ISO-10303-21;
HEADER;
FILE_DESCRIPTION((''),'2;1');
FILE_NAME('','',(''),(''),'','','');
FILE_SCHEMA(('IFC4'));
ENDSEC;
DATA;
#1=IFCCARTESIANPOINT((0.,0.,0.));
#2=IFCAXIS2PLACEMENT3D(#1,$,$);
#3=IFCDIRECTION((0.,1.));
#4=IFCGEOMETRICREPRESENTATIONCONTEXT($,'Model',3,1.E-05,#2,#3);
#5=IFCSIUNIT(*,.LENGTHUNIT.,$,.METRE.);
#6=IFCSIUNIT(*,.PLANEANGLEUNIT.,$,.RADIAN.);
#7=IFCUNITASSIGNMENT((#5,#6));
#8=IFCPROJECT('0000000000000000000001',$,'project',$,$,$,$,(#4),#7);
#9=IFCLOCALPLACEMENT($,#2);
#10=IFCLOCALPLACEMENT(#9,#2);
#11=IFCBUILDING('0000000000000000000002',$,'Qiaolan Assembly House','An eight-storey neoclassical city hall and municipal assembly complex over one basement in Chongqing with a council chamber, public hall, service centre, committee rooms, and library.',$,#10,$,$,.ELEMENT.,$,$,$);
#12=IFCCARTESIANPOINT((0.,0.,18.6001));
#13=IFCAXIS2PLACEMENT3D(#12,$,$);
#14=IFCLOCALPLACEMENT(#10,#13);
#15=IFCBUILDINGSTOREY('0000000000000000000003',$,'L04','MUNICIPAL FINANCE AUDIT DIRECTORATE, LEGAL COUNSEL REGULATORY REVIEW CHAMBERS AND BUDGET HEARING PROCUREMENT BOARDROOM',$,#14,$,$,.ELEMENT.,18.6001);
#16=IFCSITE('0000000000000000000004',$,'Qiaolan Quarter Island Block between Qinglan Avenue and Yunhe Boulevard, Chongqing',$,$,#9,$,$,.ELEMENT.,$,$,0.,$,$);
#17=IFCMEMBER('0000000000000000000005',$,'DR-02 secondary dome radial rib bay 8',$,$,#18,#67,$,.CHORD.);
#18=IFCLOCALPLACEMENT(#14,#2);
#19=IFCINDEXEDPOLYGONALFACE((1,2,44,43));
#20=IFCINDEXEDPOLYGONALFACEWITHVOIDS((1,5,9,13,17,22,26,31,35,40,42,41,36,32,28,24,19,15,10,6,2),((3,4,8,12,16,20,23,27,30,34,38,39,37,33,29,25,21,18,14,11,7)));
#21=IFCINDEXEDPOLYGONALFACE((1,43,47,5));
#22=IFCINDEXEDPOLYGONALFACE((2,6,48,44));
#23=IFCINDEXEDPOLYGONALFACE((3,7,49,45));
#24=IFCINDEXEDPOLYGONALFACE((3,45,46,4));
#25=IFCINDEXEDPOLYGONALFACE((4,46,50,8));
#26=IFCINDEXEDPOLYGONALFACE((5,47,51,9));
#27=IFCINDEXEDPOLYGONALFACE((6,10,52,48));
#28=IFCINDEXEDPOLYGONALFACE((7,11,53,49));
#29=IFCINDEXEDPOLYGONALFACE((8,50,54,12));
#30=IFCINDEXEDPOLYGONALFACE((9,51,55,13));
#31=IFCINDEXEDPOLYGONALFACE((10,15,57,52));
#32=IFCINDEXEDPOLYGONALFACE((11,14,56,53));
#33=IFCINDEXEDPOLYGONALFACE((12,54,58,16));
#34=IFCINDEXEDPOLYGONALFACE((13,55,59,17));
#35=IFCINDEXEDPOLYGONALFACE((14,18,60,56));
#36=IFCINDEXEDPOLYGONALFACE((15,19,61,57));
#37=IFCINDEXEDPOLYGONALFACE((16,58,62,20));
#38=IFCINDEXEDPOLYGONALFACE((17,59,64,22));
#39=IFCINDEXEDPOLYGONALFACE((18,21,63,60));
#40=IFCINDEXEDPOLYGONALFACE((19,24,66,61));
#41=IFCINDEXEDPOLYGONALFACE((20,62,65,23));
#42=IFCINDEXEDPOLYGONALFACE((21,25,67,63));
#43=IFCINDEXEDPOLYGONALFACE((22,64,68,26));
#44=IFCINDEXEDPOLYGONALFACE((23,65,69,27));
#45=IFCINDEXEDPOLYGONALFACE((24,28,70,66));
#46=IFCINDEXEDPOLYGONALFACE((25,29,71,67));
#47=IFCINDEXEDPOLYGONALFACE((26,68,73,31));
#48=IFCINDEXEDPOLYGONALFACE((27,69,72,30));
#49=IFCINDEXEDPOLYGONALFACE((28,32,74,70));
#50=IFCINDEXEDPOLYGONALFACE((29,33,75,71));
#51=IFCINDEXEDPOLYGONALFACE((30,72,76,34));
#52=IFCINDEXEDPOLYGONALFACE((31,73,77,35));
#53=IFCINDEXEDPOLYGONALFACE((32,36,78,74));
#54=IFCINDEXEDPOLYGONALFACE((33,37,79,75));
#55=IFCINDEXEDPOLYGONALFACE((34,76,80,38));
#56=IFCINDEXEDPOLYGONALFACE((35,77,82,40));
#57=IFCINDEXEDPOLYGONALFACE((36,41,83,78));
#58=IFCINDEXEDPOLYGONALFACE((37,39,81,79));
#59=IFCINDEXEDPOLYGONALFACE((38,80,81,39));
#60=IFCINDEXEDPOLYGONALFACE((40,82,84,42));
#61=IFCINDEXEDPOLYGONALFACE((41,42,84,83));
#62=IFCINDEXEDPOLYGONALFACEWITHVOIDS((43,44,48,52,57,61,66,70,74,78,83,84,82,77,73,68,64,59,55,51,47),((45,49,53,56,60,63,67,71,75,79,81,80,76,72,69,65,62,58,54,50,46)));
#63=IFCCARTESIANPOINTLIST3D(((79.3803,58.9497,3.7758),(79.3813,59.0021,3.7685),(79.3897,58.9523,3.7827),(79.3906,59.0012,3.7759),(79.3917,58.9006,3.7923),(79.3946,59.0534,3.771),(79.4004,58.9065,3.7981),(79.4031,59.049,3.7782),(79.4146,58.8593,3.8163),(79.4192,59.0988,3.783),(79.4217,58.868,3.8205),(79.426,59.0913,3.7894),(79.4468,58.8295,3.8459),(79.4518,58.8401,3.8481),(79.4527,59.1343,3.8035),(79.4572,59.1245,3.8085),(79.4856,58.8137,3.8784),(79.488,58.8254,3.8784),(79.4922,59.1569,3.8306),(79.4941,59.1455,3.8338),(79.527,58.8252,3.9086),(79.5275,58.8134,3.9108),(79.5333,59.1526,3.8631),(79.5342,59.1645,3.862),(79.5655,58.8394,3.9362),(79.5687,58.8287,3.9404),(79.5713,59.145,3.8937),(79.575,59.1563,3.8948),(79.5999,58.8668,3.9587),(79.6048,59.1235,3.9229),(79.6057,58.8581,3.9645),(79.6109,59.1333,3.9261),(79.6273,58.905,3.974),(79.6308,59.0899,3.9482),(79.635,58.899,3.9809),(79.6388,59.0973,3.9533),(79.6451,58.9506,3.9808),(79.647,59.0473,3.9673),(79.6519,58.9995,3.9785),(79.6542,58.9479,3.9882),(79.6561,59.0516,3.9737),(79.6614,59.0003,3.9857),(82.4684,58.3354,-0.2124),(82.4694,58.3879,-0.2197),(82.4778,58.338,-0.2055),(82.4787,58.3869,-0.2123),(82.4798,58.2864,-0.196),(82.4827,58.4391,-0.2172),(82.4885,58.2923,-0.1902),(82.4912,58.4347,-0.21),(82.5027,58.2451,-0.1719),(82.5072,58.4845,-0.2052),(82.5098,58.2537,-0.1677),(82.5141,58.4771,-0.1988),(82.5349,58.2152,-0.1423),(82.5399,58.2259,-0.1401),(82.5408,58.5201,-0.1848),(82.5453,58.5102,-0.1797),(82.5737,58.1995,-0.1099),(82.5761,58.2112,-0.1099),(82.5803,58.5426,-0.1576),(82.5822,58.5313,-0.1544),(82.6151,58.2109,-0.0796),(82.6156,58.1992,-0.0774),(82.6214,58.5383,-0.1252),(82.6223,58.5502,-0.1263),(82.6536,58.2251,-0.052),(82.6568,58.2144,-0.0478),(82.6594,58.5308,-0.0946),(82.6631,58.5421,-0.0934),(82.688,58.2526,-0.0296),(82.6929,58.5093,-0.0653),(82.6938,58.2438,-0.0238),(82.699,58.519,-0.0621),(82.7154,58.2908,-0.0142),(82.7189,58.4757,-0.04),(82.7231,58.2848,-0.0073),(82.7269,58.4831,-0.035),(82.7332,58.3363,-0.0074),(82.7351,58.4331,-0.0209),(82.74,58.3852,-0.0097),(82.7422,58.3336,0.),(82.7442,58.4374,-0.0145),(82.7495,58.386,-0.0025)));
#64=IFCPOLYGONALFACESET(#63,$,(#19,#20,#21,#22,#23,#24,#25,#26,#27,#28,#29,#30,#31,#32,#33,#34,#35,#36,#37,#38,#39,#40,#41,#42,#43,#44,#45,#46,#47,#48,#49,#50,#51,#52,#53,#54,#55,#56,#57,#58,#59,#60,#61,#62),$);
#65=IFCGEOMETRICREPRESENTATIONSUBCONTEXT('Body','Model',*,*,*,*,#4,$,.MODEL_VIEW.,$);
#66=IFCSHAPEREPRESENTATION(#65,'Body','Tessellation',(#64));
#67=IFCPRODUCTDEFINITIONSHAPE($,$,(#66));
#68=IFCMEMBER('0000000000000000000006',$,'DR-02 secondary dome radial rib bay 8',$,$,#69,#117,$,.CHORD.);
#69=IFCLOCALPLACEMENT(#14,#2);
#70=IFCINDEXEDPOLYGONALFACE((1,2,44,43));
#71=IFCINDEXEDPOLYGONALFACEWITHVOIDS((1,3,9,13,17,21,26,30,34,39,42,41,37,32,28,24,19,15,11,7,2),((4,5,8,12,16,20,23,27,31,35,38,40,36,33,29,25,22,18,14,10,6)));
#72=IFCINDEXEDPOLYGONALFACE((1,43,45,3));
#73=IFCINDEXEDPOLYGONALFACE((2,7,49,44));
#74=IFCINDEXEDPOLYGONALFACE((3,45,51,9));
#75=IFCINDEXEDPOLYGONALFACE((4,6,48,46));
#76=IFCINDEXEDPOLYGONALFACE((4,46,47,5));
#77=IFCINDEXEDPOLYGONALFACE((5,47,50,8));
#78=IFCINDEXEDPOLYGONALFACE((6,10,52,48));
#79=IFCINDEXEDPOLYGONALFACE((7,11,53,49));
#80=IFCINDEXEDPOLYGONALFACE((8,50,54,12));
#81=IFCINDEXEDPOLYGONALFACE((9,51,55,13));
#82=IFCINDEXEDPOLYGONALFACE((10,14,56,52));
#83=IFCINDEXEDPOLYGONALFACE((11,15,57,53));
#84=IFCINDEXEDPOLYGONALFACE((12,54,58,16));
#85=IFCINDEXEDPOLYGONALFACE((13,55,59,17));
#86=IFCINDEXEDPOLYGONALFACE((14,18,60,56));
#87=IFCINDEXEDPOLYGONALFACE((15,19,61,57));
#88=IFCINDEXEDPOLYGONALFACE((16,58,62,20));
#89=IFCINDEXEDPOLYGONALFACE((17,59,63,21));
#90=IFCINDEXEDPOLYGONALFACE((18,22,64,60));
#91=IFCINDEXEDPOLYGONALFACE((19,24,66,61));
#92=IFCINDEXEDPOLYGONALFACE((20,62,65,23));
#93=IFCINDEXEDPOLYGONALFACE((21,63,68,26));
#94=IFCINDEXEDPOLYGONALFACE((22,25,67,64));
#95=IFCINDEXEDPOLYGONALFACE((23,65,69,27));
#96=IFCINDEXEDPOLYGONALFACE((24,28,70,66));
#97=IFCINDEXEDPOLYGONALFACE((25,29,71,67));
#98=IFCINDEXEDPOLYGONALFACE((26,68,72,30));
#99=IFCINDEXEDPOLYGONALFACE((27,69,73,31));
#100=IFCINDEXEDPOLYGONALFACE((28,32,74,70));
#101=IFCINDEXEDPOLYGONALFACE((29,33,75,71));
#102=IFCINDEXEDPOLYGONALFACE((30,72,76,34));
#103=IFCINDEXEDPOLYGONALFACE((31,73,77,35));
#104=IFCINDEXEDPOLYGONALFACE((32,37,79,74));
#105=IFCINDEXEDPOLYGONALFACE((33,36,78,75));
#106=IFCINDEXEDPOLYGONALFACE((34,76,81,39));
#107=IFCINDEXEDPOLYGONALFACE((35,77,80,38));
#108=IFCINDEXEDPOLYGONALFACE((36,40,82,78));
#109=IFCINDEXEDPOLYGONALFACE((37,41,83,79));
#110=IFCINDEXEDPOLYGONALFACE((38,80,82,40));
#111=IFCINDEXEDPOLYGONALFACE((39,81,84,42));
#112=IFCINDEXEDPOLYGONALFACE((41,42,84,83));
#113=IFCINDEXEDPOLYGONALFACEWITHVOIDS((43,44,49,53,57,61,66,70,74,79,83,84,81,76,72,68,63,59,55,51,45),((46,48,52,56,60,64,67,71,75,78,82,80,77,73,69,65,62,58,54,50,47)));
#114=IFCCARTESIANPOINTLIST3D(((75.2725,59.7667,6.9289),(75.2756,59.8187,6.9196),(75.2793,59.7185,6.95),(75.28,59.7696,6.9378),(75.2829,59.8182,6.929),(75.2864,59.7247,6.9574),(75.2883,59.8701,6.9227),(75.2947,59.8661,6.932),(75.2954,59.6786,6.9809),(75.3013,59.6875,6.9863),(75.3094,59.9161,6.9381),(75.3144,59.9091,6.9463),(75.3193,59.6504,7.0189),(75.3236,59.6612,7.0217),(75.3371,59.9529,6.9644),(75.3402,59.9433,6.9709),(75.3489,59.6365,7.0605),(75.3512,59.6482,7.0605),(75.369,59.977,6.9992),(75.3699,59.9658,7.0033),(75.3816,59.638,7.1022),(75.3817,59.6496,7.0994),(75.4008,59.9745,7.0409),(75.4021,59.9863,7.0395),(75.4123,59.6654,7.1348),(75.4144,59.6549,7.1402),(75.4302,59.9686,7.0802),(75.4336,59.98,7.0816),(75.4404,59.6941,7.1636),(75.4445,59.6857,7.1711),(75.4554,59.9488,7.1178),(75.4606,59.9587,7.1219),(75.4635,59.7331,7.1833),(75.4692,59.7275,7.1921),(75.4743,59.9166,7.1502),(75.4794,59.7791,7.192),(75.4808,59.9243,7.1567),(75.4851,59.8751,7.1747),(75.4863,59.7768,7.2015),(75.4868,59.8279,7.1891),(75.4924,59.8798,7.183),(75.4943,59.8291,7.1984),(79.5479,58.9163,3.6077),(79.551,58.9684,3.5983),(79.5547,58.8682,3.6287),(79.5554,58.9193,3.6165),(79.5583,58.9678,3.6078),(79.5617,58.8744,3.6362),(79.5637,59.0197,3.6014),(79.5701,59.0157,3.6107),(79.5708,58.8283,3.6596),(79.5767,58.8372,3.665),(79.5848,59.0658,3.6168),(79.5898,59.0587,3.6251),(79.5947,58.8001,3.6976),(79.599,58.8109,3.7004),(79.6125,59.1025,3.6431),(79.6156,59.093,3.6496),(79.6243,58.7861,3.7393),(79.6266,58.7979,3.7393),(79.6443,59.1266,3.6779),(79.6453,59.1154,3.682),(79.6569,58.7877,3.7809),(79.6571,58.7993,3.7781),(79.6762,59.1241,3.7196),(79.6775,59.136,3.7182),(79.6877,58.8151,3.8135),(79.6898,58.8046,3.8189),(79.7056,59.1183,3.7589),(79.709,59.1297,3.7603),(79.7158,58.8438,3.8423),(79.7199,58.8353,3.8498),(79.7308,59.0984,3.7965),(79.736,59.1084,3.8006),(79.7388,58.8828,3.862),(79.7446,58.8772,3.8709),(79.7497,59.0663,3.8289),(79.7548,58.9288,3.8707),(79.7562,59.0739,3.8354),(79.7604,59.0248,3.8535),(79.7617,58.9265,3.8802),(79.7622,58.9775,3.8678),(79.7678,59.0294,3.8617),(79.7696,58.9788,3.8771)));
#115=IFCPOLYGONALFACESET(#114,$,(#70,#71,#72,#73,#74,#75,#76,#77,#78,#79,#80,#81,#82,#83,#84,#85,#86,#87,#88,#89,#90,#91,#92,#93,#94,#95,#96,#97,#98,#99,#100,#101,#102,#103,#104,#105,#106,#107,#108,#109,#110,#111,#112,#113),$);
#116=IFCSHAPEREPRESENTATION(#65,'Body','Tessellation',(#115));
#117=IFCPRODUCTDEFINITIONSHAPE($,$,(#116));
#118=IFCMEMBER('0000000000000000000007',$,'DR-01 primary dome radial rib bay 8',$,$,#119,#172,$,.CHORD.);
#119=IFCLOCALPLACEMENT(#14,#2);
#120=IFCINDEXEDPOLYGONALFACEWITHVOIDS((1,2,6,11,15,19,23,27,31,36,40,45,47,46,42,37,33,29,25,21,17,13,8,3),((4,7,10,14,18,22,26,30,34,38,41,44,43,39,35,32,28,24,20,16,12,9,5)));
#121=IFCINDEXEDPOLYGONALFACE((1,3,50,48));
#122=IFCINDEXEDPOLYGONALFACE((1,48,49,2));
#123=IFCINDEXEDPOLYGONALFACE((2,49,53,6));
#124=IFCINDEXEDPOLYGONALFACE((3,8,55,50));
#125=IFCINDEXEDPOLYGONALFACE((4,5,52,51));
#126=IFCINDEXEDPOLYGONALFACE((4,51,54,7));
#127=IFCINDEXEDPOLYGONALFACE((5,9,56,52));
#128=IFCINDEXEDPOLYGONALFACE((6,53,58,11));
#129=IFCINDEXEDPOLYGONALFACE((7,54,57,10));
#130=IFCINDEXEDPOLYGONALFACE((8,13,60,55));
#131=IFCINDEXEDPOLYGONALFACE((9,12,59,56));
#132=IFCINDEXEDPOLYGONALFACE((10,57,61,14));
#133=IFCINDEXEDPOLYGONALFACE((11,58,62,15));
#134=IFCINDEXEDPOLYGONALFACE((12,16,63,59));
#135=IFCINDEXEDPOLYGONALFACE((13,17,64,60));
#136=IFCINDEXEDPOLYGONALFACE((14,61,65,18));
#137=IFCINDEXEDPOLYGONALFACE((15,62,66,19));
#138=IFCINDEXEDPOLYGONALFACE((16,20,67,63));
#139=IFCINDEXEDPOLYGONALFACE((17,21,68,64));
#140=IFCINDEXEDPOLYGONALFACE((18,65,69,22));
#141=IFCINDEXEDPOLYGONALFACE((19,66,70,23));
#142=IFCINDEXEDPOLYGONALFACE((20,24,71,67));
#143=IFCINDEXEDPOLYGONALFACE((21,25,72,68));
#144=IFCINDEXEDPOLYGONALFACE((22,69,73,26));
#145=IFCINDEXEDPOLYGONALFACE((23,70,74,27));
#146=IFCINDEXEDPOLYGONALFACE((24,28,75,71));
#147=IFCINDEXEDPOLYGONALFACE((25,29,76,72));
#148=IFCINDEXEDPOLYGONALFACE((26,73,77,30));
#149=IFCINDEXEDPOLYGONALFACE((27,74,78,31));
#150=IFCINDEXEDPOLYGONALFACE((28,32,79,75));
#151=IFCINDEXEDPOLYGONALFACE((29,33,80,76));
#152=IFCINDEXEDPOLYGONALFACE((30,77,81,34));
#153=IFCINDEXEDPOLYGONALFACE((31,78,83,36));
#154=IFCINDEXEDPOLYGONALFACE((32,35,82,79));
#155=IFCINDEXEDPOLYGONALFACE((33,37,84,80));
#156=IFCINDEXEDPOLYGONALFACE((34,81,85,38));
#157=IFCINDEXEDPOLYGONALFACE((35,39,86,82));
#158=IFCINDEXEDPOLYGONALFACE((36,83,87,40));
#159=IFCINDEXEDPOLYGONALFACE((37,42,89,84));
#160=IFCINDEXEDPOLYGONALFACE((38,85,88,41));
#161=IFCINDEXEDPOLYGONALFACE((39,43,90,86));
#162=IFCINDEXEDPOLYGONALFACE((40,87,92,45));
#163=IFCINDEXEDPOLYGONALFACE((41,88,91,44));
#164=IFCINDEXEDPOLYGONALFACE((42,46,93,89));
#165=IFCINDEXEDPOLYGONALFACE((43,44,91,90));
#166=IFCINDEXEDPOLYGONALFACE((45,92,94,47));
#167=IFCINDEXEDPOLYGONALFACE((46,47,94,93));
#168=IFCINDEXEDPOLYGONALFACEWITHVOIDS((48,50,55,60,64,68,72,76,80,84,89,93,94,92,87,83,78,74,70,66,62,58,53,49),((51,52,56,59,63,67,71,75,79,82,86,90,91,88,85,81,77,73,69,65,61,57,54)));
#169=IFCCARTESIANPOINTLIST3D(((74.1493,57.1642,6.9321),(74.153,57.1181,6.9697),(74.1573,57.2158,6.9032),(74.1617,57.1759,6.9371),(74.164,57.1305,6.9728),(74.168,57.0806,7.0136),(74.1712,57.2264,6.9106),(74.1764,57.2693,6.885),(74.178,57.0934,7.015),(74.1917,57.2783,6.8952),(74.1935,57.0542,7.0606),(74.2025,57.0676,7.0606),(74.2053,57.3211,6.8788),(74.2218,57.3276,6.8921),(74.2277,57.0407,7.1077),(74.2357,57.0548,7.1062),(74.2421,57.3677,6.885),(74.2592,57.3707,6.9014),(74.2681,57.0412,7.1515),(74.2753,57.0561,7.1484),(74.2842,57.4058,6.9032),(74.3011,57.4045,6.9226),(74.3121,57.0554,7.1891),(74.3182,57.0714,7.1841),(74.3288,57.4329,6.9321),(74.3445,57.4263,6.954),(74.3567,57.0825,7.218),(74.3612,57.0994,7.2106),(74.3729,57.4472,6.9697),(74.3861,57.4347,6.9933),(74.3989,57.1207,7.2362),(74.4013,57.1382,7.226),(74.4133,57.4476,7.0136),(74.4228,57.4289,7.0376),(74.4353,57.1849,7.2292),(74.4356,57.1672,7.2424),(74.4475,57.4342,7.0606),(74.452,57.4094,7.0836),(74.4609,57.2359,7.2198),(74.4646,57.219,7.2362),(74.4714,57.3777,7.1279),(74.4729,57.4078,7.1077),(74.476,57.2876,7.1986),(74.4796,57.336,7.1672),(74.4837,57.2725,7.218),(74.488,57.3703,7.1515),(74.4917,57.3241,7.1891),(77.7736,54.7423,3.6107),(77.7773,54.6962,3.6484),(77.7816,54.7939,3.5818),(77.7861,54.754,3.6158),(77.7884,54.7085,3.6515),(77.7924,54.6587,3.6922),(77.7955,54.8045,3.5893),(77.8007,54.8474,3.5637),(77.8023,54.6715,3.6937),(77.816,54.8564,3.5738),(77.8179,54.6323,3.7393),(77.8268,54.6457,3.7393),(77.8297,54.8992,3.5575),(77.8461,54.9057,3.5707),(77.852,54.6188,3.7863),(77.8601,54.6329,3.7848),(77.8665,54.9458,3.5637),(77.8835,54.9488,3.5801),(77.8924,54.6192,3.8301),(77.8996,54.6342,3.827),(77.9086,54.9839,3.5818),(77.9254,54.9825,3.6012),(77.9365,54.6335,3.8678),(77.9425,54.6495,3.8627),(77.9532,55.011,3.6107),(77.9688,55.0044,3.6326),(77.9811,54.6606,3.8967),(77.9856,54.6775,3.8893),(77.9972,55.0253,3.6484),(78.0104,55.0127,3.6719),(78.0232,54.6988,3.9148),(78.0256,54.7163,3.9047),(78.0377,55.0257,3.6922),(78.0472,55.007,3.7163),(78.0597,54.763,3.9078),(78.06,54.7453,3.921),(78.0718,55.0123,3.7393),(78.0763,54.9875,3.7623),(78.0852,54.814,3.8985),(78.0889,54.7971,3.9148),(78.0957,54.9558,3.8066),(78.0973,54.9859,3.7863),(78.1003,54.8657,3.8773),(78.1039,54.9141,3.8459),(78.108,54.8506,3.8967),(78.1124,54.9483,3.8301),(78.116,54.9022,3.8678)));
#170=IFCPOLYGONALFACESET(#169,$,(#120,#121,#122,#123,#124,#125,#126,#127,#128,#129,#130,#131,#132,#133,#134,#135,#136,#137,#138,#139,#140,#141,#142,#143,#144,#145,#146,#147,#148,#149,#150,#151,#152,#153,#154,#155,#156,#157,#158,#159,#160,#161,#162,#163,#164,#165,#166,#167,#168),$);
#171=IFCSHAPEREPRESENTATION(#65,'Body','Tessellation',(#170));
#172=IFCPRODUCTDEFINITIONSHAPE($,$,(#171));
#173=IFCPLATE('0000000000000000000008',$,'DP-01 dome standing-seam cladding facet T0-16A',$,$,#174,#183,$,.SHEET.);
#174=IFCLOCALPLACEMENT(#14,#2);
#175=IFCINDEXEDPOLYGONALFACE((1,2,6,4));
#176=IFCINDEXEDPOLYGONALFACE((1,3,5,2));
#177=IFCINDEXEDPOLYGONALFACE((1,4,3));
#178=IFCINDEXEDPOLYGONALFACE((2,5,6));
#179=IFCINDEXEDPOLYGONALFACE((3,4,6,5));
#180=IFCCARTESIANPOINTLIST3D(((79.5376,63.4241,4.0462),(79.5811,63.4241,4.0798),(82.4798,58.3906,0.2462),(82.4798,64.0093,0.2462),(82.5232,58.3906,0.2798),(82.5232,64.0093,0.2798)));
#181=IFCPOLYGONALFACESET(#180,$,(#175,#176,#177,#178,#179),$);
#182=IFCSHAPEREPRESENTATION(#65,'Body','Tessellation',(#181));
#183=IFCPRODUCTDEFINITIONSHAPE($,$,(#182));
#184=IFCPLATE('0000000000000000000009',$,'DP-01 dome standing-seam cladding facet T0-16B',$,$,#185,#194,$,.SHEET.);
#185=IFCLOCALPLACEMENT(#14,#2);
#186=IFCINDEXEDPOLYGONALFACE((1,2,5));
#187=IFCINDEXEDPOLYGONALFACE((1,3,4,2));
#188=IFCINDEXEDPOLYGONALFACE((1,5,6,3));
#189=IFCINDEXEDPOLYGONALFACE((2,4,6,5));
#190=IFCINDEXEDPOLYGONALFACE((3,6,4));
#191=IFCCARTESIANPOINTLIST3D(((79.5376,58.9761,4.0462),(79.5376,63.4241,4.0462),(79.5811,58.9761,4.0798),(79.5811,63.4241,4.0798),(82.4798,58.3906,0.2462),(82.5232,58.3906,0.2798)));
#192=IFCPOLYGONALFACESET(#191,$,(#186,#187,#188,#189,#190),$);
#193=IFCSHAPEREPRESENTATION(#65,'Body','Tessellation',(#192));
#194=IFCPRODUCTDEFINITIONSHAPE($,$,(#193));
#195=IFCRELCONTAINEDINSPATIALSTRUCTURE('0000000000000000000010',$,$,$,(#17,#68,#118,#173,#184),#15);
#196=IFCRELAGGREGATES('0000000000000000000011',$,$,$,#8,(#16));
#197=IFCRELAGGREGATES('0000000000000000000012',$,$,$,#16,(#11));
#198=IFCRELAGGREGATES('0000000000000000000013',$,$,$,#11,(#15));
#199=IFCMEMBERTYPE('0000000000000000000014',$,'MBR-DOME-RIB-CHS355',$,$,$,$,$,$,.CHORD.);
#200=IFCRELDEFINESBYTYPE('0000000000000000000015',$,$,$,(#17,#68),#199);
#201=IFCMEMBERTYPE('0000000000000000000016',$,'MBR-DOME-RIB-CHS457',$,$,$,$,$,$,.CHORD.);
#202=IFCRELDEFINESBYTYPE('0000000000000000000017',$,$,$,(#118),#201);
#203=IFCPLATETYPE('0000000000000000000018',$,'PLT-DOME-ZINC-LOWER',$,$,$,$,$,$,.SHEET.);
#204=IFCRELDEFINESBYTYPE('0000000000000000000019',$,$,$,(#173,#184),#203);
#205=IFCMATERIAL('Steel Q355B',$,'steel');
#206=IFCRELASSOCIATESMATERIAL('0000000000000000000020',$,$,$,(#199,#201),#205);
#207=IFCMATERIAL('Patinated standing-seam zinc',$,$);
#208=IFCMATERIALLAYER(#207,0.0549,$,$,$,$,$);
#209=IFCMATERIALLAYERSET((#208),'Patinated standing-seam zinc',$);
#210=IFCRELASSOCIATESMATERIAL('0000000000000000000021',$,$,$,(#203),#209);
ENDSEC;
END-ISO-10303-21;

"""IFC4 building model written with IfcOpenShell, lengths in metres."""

from ifc_helpers import new_model, si_unit, direction, frame, origin, origin_2d, place, context, subcontext, project, spatial, polyline, hollow_circle, outline, extrude, material, layer, layer_set, material_profile, profile_set, type_object, element, save


model = new_model("IFC4")

# Units and contexts
model_context = context("Model", 3, precision=1e-05, world=origin(), true_north=direction((0.0, 1.0)))
body_context = subcontext(model_context, "Body", "Model", "MODEL_VIEW")
ifc_project = project(units=[si_unit("LENGTHUNIT", "METRE"), si_unit("PLANEANGLEUNIT", "RADIAN")], contexts=[model_context])

# Site, building, storey
site_placement = place(None, origin())
site = spatial("IfcSite", under=ifc_project, at=site_placement, Name="Qiaolan Quarter Island Block between Qinglan Avenue and Yunhe Boulevard, Chongqing", CompositionType="ELEMENT", RefElevation=0.0)
building_placement = place(site_placement, origin())
building = spatial("IfcBuilding", under=site, at=building_placement, Name="Qiaolan Assembly House", Description="An eight-storey neoclassical city hall and municipal assembly complex over one basement in Chongqing with a council chamber, public hall, service centre, committee rooms, and library.", CompositionType="ELEMENT")
storey_placement = place(building_placement, frame((0.0, 0.0, 18.6001)))
storey = spatial("IfcBuildingStorey", under=building, at=storey_placement, Name="L04", Description="MUNICIPAL FINANCE AUDIT DIRECTORATE, LEGAL COUNSEL REGULATORY REVIEW CHAMBERS AND BUDGET HEARING PROCUREMENT BOARDROOM", CompositionType="ELEMENT", Elevation=18.6001)

# Shared definitions
ifc_material_1 = material(Name="Steel Q355B", Category="steel")

# Members
ifc_material_profile_1 = material_profile(ifc_material_1, hollow_circle(Radius=0.1777, WallThickness=0.012, at=origin_2d()), Name="CHS 355.6x12")
ifc_profile_set_1 = profile_set([ifc_material_profile_1], Name="Steel Q355B")
member_type_1 = type_object("IfcMemberType", Name="MBR-DOME-RIB-CHS355", PredefinedType="CHORD", material=ifc_profile_set_1)
member_1_placement = place(storey_placement, frame((82.6084, 58.3738, -0.1099), z_axis=(-0.607737, 0.120884, 0.784884), x_axis=(-0.195087, -0.980786, 0.0)))
element("IfcMember", 1, at=member_1_placement, inside=storey, type_object=member_type_1, Name="DR-02 secondary dome radial rib bay 8", PredefinedType="CHORD", context=body_context, shape_type="SweptSolid", body=[
    extrude(hollow_circle(Radius=0.1777, WallThickness=0.012, at=origin_2d()), origin(), (0.0, 0.0, 1.0), 5.0813),
])
member_2_placement = place(storey_placement, frame((79.6589, 58.9604, 3.7393), z_axis=(-0.780147, 0.155165, 0.606048), x_axis=(-0.195071, -0.980789, 0.0)))
element("IfcMember", 2, at=member_2_placement, inside=storey, type_object=member_type_1, Name="DR-02 secondary dome radial rib bay 8", PredefinedType="CHORD", context=body_context, shape_type="SweptSolid", body=[
    extrude(hollow_circle(Radius=0.1777, WallThickness=0.012, at=origin_2d()), origin(), (0.0, 0.0, 1.0), 5.4802),
])
ifc_material_profile_2 = material_profile(ifc_material_1, hollow_circle(Radius=0.2285, WallThickness=0.0161, at=origin_2d()), Name="CHS 457x16")
ifc_profile_set_2 = profile_set([ifc_material_profile_2], Name="Steel Q355B")
member_type_2 = type_object("IfcMemberType", Name="MBR-DOME-RIB-CHS457", PredefinedType="CHORD", material=ifc_profile_set_2)
member_3_placement = place(storey_placement, frame((77.9448, 54.8223, 3.7393), z_axis=(-0.661348, 0.441938, 0.606061), x_axis=(-0.555605, -0.831447, 0.0)))
element("IfcMember", 3, at=member_3_placement, inside=storey, type_object=member_type_2, Name="DR-01 primary dome radial rib bay 8", PredefinedType="CHORD", context=body_context, shape_type="SweptSolid", body=[
    extrude(hollow_circle(Radius=0.2285, WallThickness=0.0161, at=origin_2d()), origin(), (0.0, 0.0, 1.0), 5.4802),
])

# Plates
ifc_material_2 = material(Name="Patinated standing-seam zinc")
ifc_layer_1 = layer(ifc_material_2, 0.0549)
ifc_layer_set_1 = layer_set([ifc_layer_1], Name="Patinated standing-seam zinc")
plate_type_1 = type_object("IfcPlateType", Name="PLT-DOME-ZINC-LOWER", PredefinedType="SHEET", material=ifc_layer_set_1)
plate_1_placement = place(storey_placement, frame((82.5232, 58.3906, 0.2798), z_axis=(0.790707, 0.0, 0.612195), x_axis=(0.0, 1.0, 0.0)))
element("IfcPlate", 4, at=plate_1_placement, inside=storey, type_object=plate_type_1, Name="DP-01 dome standing-seam cladding facet T0-16A", PredefinedType="SHEET", context=body_context, shape_type="SweptSolid", body=[
    extrude(outline(polyline([(0.0, 0.0), (5.6187, 0.0), (5.0334, 4.8059), (0.0, 0.0)])), origin(), (0.0, 0.0, -1.0), 0.0549),
])
plate_2_placement = place(storey_placement, frame((82.5232, 58.3906, 0.2798), z_axis=(0.790707, 0.0, 0.612195), x_axis=(-0.422762, 0.723267, 0.546037)))
element("IfcPlate", 5, at=plate_2_placement, inside=storey, type_object=plate_type_1, Name="DP-01 dome standing-seam cladding facet T0-16B", PredefinedType="SHEET", context=body_context, shape_type="SweptSolid", body=[
    extrude(outline(polyline([(0.0, 0.0), (6.9593, 0.0), (3.7422, 3.0716), (0.0, 0.0)])), origin(), (0.0, 0.0, -1.0), 0.0549),
])

save(model, "model.ifc")
